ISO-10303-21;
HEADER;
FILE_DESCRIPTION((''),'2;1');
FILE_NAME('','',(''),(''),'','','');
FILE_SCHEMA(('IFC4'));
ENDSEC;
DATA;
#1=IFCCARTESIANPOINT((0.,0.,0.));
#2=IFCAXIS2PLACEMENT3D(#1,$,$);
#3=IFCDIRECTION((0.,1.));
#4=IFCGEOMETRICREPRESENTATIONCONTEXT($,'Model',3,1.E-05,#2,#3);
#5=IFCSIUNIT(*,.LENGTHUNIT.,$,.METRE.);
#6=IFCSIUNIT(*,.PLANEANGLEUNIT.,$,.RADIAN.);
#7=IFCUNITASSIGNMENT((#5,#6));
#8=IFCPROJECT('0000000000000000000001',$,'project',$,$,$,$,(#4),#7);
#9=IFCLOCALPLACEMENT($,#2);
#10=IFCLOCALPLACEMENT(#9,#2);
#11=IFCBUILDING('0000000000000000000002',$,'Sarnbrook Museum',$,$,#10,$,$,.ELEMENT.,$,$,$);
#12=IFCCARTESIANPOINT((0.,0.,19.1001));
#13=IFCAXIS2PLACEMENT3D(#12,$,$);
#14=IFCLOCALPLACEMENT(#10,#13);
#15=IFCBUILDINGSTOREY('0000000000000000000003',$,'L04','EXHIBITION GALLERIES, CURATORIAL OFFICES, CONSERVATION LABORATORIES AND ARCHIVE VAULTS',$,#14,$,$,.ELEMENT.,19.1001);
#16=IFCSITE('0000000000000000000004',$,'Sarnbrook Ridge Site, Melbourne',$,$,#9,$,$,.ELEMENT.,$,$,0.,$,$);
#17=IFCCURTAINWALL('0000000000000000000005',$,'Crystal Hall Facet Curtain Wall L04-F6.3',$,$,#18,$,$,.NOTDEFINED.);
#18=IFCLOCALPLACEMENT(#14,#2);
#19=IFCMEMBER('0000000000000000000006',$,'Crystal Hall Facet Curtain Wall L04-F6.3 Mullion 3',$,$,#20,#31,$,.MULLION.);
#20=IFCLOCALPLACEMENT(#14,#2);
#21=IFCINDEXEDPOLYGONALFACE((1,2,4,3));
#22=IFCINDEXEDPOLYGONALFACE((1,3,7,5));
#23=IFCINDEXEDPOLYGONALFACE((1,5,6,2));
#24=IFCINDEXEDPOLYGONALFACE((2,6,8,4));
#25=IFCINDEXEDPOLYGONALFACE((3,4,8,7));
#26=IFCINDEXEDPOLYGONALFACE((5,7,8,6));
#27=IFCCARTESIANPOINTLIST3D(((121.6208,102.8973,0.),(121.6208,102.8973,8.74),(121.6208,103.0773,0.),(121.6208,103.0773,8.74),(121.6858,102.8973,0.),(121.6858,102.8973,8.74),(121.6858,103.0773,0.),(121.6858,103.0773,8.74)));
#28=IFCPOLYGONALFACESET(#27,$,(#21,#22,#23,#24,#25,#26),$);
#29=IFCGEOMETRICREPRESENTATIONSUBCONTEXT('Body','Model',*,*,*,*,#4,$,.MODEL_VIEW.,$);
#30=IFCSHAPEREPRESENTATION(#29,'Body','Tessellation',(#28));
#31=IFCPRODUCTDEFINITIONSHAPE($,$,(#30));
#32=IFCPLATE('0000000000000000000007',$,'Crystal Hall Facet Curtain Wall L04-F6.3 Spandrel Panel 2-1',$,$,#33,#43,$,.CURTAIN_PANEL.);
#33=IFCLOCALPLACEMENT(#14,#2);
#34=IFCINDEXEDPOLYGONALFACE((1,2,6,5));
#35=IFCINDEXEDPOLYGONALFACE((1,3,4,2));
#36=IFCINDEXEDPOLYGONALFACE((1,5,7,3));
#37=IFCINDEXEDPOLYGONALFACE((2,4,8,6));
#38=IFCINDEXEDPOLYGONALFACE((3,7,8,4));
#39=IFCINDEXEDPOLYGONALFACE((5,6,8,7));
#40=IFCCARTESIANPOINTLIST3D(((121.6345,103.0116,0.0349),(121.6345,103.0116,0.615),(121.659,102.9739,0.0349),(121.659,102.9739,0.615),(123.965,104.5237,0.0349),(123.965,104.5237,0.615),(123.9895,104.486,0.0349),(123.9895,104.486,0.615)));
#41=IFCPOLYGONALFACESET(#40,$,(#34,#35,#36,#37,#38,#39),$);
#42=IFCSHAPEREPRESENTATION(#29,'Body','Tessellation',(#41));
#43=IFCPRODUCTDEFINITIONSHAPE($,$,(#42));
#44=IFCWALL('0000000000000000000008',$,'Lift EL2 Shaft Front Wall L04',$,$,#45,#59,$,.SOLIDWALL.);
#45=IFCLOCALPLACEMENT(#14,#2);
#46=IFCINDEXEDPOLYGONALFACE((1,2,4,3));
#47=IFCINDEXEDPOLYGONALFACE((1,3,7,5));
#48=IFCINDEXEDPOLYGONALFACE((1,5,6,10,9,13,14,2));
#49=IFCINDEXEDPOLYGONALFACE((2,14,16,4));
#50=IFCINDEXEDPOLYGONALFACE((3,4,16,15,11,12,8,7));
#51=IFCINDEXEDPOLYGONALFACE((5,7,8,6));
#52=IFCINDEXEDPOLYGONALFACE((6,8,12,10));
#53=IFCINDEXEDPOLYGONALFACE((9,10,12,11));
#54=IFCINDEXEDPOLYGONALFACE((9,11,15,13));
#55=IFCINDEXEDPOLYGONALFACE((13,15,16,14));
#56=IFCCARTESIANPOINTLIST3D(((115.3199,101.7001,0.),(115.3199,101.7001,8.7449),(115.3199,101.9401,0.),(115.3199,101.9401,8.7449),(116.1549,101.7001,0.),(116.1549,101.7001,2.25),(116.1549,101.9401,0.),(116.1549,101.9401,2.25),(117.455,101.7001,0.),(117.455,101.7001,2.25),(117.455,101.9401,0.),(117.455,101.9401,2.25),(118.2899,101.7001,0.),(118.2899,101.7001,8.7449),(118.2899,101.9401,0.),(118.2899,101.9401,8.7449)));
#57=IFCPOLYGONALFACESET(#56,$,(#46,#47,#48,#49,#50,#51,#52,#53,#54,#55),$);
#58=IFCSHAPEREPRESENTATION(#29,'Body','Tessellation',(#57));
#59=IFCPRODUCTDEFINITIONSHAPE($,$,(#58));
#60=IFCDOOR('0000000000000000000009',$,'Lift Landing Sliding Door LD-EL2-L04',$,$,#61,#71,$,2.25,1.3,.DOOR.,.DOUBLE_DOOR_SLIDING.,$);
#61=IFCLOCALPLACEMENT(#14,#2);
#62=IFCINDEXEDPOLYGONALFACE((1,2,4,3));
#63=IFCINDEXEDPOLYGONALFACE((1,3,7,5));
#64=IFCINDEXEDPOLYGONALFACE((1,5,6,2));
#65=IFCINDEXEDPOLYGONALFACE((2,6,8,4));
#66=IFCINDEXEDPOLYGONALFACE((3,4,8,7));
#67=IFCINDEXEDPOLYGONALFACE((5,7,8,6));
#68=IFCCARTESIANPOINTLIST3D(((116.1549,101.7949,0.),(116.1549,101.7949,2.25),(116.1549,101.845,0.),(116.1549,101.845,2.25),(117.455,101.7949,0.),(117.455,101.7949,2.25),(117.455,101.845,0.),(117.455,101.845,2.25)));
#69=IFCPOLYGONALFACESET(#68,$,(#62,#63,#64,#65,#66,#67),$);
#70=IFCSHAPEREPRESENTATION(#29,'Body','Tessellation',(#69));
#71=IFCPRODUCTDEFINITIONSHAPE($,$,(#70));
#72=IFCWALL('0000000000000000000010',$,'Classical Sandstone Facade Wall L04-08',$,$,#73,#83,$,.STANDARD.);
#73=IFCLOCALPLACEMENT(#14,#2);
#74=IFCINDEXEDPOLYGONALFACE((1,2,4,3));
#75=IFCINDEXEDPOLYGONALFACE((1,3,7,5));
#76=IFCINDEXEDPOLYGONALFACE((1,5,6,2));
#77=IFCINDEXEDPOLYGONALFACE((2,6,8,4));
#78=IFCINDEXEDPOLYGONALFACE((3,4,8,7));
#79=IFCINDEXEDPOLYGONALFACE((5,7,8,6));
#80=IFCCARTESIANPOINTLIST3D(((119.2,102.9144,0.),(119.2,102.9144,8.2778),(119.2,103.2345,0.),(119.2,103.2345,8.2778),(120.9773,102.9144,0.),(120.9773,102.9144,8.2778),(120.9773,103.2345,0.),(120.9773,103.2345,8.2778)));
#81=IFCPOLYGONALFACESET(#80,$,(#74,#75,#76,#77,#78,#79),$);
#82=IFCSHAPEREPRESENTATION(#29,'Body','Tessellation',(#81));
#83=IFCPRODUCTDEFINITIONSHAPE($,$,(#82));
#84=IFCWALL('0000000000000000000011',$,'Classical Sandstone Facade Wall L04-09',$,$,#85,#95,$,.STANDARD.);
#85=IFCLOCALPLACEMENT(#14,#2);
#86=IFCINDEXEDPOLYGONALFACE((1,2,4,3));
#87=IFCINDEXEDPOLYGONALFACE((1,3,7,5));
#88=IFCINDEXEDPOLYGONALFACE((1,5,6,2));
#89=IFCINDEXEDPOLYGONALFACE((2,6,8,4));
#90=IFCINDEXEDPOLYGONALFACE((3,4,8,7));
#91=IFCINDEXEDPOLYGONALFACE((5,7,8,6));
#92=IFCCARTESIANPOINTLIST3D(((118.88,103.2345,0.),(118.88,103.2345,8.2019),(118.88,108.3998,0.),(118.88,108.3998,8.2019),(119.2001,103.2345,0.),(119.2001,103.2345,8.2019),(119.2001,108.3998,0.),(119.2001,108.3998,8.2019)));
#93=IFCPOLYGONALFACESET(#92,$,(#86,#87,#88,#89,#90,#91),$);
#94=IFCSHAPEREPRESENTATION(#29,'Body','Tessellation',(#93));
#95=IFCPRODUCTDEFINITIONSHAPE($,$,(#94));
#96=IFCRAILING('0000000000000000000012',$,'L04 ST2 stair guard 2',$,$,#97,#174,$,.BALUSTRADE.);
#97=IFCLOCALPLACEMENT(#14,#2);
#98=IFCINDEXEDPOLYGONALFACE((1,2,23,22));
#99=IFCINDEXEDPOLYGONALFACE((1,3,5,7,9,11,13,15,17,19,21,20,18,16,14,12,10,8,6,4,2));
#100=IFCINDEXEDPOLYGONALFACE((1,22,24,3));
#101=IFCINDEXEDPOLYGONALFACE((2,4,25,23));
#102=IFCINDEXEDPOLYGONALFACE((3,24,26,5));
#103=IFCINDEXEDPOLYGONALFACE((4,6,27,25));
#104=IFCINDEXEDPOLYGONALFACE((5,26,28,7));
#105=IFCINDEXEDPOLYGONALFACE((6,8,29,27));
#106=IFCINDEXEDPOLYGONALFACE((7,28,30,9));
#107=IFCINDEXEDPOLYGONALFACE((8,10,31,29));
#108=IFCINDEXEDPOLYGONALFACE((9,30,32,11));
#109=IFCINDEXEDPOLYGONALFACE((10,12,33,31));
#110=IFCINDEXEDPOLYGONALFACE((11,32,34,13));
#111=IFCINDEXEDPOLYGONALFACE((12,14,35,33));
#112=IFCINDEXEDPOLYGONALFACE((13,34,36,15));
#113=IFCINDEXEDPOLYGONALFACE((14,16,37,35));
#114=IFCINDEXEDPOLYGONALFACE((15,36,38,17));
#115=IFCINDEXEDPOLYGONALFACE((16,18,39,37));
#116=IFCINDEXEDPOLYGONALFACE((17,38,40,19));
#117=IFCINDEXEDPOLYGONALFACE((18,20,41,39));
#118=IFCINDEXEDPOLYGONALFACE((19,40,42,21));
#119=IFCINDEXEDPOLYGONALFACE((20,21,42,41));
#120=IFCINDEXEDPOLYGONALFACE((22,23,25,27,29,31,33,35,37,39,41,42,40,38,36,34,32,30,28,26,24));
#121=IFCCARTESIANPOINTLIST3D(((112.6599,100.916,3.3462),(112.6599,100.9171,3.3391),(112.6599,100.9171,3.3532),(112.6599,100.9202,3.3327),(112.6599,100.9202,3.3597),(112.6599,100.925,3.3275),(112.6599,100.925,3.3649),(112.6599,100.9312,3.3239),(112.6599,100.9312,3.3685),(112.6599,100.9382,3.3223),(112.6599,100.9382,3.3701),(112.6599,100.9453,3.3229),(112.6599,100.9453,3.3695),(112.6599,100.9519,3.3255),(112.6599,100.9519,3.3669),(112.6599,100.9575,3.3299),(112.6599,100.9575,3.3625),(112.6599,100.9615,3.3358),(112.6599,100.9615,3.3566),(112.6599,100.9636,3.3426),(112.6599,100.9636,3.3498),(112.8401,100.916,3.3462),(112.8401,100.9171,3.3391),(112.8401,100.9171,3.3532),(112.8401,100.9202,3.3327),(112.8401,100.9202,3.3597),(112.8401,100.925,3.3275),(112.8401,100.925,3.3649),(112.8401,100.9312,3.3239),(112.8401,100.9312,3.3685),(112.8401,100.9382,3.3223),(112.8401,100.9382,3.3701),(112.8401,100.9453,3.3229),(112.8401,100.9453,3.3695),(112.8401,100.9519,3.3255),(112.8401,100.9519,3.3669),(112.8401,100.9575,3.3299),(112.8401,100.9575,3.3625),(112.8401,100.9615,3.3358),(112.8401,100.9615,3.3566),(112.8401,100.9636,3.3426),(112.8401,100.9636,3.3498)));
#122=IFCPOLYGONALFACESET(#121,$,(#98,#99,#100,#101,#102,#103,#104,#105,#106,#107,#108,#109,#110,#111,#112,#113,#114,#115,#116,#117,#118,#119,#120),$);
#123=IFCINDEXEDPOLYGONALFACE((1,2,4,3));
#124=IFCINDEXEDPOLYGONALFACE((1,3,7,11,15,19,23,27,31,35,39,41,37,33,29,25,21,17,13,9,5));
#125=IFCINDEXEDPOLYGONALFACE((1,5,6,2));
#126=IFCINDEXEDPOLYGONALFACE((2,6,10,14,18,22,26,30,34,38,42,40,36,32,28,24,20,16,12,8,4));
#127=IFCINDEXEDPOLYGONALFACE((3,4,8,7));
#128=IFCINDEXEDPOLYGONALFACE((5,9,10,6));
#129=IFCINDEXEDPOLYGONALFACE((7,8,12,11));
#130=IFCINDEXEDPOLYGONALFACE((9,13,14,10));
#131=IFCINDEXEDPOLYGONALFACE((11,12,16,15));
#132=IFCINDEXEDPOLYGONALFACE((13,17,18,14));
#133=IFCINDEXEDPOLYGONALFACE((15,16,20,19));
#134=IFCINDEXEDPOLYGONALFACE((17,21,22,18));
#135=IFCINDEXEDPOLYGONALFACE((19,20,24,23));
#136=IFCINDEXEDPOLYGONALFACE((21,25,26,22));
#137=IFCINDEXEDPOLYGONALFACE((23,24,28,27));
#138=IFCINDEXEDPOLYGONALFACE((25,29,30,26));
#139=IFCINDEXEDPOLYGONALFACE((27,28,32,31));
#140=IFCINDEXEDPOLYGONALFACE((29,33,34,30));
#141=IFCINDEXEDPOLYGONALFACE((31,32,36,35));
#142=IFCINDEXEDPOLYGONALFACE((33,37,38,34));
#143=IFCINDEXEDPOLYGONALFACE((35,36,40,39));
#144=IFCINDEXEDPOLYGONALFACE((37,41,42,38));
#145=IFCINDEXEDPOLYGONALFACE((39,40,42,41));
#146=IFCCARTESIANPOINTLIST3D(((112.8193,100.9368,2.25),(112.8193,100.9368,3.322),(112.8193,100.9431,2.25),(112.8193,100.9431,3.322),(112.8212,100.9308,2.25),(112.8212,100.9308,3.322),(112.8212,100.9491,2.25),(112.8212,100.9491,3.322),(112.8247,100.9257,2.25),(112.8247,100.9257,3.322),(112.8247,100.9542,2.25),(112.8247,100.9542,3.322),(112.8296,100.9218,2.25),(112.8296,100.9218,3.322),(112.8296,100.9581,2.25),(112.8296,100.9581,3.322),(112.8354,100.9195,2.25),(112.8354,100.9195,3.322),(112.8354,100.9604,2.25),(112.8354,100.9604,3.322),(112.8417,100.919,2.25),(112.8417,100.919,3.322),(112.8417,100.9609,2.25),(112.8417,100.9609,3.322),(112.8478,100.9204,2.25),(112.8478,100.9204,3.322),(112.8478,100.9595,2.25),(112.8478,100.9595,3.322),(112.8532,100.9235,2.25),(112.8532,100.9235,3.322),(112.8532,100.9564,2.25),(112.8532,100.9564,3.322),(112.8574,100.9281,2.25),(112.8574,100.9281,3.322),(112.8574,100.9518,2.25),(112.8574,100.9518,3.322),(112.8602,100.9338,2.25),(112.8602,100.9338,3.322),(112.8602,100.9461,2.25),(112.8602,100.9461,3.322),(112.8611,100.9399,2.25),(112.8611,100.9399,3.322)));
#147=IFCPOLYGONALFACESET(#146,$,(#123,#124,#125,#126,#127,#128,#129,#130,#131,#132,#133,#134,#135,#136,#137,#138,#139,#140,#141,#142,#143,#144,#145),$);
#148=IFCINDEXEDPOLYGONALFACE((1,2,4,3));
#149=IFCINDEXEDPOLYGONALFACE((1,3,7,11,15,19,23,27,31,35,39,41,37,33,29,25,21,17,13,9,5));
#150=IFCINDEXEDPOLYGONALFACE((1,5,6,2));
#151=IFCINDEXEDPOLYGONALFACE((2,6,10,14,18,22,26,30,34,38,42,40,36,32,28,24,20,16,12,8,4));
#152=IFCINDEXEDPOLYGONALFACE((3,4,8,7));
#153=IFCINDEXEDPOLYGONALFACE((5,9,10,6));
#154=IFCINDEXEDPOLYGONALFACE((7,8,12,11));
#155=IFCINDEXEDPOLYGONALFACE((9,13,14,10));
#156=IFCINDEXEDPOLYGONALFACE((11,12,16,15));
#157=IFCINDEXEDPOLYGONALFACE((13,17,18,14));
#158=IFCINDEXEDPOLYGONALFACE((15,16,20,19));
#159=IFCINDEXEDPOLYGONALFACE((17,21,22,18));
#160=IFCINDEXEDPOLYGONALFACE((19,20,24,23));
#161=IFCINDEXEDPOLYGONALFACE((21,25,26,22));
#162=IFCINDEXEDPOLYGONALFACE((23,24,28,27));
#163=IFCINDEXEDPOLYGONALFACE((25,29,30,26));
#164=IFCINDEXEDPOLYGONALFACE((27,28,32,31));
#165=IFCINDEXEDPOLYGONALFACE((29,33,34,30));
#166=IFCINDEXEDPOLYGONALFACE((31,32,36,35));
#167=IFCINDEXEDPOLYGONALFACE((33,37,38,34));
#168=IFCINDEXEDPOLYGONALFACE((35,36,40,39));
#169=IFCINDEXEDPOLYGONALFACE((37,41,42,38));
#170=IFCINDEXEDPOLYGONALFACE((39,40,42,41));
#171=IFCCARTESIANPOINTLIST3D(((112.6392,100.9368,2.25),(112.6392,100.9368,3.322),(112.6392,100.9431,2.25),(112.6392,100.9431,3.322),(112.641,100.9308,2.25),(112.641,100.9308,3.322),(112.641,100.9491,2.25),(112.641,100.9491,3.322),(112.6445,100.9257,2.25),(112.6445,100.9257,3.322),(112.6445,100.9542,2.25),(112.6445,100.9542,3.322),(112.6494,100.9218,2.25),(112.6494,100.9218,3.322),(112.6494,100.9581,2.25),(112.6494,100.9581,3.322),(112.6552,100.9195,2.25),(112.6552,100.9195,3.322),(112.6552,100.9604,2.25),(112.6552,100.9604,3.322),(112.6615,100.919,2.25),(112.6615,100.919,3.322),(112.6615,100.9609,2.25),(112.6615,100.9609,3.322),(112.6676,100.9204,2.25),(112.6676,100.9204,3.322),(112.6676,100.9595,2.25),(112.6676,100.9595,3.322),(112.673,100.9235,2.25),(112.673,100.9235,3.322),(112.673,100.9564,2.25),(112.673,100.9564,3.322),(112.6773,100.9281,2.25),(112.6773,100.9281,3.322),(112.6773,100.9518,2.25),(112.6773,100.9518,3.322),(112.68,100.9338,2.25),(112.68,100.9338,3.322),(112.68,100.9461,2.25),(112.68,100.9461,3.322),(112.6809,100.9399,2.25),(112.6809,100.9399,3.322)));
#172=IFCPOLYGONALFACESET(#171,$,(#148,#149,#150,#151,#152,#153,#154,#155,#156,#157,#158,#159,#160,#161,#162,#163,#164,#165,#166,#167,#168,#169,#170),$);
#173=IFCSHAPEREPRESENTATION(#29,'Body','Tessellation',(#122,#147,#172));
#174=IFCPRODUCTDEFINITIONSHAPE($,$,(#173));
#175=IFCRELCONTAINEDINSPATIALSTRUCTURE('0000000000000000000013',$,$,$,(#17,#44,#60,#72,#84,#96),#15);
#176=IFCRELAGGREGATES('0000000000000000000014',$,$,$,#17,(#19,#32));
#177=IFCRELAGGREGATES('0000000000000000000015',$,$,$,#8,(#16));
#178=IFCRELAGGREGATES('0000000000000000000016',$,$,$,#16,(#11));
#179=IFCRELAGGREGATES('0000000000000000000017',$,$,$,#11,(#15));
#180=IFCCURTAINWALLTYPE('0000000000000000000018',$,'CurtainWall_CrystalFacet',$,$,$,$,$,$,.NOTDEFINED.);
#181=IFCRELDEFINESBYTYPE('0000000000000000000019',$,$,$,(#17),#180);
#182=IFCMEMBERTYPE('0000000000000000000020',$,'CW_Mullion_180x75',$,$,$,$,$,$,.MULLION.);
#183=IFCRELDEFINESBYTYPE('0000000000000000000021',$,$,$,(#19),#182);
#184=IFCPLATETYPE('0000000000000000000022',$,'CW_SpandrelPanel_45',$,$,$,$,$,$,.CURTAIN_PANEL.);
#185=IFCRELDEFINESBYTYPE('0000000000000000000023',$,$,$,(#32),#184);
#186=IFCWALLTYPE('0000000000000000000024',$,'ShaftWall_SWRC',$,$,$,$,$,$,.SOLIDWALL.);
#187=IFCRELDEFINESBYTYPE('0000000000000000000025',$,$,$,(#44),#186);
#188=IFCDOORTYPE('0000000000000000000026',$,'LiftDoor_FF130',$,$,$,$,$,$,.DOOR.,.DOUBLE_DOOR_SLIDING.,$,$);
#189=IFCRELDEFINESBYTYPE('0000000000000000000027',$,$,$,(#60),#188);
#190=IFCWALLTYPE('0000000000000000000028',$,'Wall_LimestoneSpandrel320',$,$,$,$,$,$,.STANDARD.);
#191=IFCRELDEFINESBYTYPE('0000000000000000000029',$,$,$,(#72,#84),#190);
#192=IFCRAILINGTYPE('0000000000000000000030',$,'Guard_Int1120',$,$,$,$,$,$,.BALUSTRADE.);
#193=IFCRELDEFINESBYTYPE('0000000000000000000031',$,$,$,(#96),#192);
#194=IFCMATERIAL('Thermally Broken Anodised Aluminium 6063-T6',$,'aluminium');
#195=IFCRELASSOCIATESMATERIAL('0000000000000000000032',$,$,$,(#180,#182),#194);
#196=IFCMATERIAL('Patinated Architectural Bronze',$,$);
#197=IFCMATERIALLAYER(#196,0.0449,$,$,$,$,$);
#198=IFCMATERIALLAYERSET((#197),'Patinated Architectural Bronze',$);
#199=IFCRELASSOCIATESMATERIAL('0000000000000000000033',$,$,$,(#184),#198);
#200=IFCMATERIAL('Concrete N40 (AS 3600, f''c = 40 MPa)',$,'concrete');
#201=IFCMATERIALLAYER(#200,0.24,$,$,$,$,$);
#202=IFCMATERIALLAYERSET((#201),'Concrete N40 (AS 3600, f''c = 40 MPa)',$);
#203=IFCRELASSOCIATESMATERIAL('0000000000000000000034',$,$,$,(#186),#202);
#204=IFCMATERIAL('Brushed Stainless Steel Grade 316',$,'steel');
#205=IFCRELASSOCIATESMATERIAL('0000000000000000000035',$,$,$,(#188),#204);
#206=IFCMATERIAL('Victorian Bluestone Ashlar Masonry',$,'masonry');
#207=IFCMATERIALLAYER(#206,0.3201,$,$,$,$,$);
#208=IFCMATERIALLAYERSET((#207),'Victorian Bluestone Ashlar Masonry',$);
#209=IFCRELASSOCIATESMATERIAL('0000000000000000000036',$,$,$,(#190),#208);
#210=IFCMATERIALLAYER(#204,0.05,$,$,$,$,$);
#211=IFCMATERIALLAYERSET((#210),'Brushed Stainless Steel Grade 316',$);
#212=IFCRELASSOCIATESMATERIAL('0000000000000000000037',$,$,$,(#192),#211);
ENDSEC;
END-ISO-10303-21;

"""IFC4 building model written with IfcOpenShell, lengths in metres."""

from ifc_helpers import new_model, si_unit, direction, frame, frame_2d, origin, origin_2d, place, context, subcontext, project, spatial, rectangle, circle, extrude, material, layer, layer_set, material_profile, profile_set, type_object, element, fill, aggregate, save


model = new_model("IFC4")

# Units and contexts
model_context = context("Model", 3, precision=1e-05, world=origin(), true_north=direction((0.0, 1.0)))
body_context = subcontext(model_context, "Body", "Model", "MODEL_VIEW")
ifc_project = project(units=[si_unit("LENGTHUNIT", "METRE"), si_unit("PLANEANGLEUNIT", "RADIAN")], contexts=[model_context])

# Site, building, storey
site_placement = place(None, origin())
site = spatial("IfcSite", under=ifc_project, at=site_placement, Name="Sarnbrook Ridge Site, Melbourne", CompositionType="ELEMENT", RefElevation=0.0)
building_placement = place(site_placement, origin())
building = spatial("IfcBuilding", under=site, at=building_placement, Name="Sarnbrook Museum", CompositionType="ELEMENT")
storey_placement = place(building_placement, frame((0.0, 0.0, 19.1001)))
storey = spatial("IfcBuildingStorey", under=building, at=storey_placement, Name="L04", Description="EXHIBITION GALLERIES, CURATORIAL OFFICES, CONSERVATION LABORATORIES AND ARCHIVE VAULTS", CompositionType="ELEMENT", Elevation=19.1001)

# Curtain wall, member, plate
ifc_material_1 = material(Name="Thermally Broken Anodised Aluminium 6063-T6", Category="aluminium")
curtain_wall_type = type_object("IfcCurtainWallType", Name="CurtainWall_CrystalFacet", PredefinedType="NOTDEFINED", material=ifc_material_1)
curtain_wall_placement = place(storey_placement, origin())
curtain_wall = element("IfcCurtainWall", 1, at=curtain_wall_placement, inside=storey, type_object=curtain_wall_type, Name="Crystal Hall Facet Curtain Wall L04-F6.3", PredefinedType="NOTDEFINED")
ifc_material_profile_1 = material_profile(ifc_material_1, rectangle(XDim=0.0649, YDim=0.1799, at=origin_2d()), Name="ALU MULLION 65x180")
ifc_profile_set_1 = profile_set([ifc_material_profile_1], Name="Thermally Broken Anodised Aluminium 6063-T6")
member_type = type_object("IfcMemberType", Name="CW_Mullion_180x75", PredefinedType="MULLION", material=ifc_profile_set_1)
member_placement = place(storey_placement, frame((121.6533, 102.9873, 0.0), z_axis=(0.0, 0.0, 1.0), x_axis=(1.0, 0.0, 0.0)))
member = element("IfcMember", 2, at=member_placement, type_object=member_type, Name="Crystal Hall Facet Curtain Wall L04-F6.3 Mullion 3", PredefinedType="MULLION", context=body_context, shape_type="SweptSolid", body=[
    extrude(rectangle(XDim=0.0649, YDim=0.1799, at=origin_2d()), origin(), (0.0, 0.0, 1.0), 8.74),
])
ifc_material_2 = material(Name="Patinated Architectural Bronze")
ifc_layer_1 = layer(ifc_material_2, 0.0449)
ifc_layer_set_1 = layer_set([ifc_layer_1], Name="Patinated Architectural Bronze")
plate_type = type_object("IfcPlateType", Name="CW_SpandrelPanel_45", PredefinedType="CURTAIN_PANEL", material=ifc_layer_set_1)
plate_placement = place(storey_placement, frame((122.8242, 103.73, 0.325), z_axis=(-0.544287, 0.838899, 0.0), x_axis=(-0.838899, -0.544287, 0.0)))
plate = element("IfcPlate", 3, at=plate_placement, type_object=plate_type, Name="Crystal Hall Facet Curtain Wall L04-F6.3 Spandrel Panel 2-1", PredefinedType="CURTAIN_PANEL", context=body_context, shape_type="SweptSolid", body=[
    extrude(rectangle(XDim=2.7781, YDim=0.5801, at=origin_2d()), origin(), (0.0, 0.0, 1.0), 0.0449),
])
aggregate(curtain_wall, [member, plate])

# Wall, opening, door
ifc_material_3 = material(Name="Concrete N40 (AS 3600, f'c = 40 MPa)", Category="concrete")
ifc_layer_2 = layer(ifc_material_3, 0.24)
ifc_layer_set_2 = layer_set([ifc_layer_2], Name="Concrete N40 (AS 3600, f'c = 40 MPa)")
wall_type_1 = type_object("IfcWallType", Name="ShaftWall_SWRC", PredefinedType="SOLIDWALL", material=ifc_layer_set_2)
wall_1_placement = place(storey_placement, frame((115.3201, 101.8201, 0.0), z_axis=(0.0, 0.0, 1.0), x_axis=(1.0, 0.0, 0.0)))
wall_1 = element("IfcWall", 4, at=wall_1_placement, inside=storey, type_object=wall_type_1, Name="Lift EL2 Shaft Front Wall L04", PredefinedType="SOLIDWALL", context=body_context, shape_type="SweptSolid", body=[
    extrude(rectangle(XDim=2.97, YDim=0.24, at=frame_2d((1.4849, 0.0))), origin(), (0.0, 0.0, 1.0), 8.7449),
])
opening_placement = place(wall_1_placement, frame((0.835, 0.0, 0.0)))
opening = element("IfcOpeningElement", 5, at=opening_placement, cuts=wall_1, PredefinedType="OPENING", context=body_context, shape_type="SweptSolid", body=[
    extrude(rectangle(XDim=1.3, YDim=2.25, at=frame_2d((0.6499, 1.125))), frame((0.0, 0.1299, 0.0), z_axis=(0.0, -1.0, 0.0), x_axis=(1.0, 0.0, 0.0)), (0.0, 0.0, 1.0), 0.26),
])
ifc_material_4 = material(Name="Brushed Stainless Steel Grade 316", Category="steel")
door_type = type_object("IfcDoorType", Name="LiftDoor_FF130", OperationType="DOUBLE_DOOR_SLIDING", PredefinedType="DOOR", material=ifc_material_4)
door_placement = place(opening_placement, origin())
door = element("IfcDoor", 6, at=door_placement, inside=storey, type_object=door_type, Name="Lift Landing Sliding Door LD-EL2-L04", OperationType="DOUBLE_DOOR_SLIDING", OverallHeight=2.25, OverallWidth=1.3, PredefinedType="DOOR", context=body_context, shape_type="SweptSolid", body=[
    extrude(rectangle(XDim=1.3, YDim=2.25, at=frame_2d((0.6499, 1.125))), frame((0.0, 0.0249, 0.0), z_axis=(0.0, -1.0, 0.0), x_axis=(1.0, 0.0, 0.0)), (0.0, 0.0, 1.0), 0.05),
])
fill(opening, door)

# Walls
ifc_material_5 = material(Name="Victorian Bluestone Ashlar Masonry", Category="masonry")
ifc_layer_3 = layer(ifc_material_5, 0.3201)
ifc_layer_set_3 = layer_set([ifc_layer_3], Name="Victorian Bluestone Ashlar Masonry")
wall_type_2 = type_object("IfcWallType", Name="Wall_LimestoneSpandrel320", PredefinedType="STANDARD", material=ifc_layer_set_3)
wall_2_placement = place(storey_placement, frame((120.9773, 103.0745, 0.0), z_axis=(0.0, 0.0, 1.0), x_axis=(-1.0, 0.0, 0.0)))
element("IfcWall", 7, at=wall_2_placement, inside=storey, type_object=wall_type_2, Name="Classical Sandstone Facade Wall L04-08", PredefinedType="STANDARD", context=body_context, shape_type="SweptSolid", body=[
    extrude(rectangle(XDim=1.7773, YDim=0.3201, at=frame_2d((0.8887, 0.0))), origin(), (0.0, 0.0, 1.0), 8.2778),
])
wall_3_placement = place(storey_placement, frame((119.04, 103.2346, 0.0), z_axis=(0.0, 0.0, 1.0), x_axis=(0.0, 1.0, 0.0)))
element("IfcWall", 8, at=wall_3_placement, inside=storey, type_object=wall_type_2, Name="Classical Sandstone Facade Wall L04-09", PredefinedType="STANDARD", context=body_context, shape_type="SweptSolid", body=[
    extrude(rectangle(XDim=5.1653, YDim=0.3201, at=frame_2d((2.5825, 0.0))), origin(), (0.0, 0.0, 1.0), 8.2019),
])

# Railing
ifc_layer_4 = layer(ifc_material_4, 0.05)
ifc_layer_set_4 = layer_set([ifc_layer_4], Name="Brushed Stainless Steel Grade 316")
railing_type_1 = type_object("IfcRailingType", Name="Guard_Int1120", PredefinedType="BALUSTRADE", material=ifc_layer_set_4)
railing_1_placement = place(storey_placement, frame((112.8401, 100.9399, 2.25)))
element("IfcRailing", 9, at=railing_1_placement, inside=storey, type_object=railing_type_1, Name="L04 ST2 stair guard 2", PredefinedType="BALUSTRADE", context=body_context, shape_type="SweptSolid", body=[
    extrude(circle(Radius=0.0239, at=origin_2d()), frame((0.0, 0.0, 1.0962), z_axis=(-1.0, 0.0, 0.0), x_axis=(0.0, -1.0, 0.0)), (0.0, 0.0, 1.0), 0.1802),
    extrude(circle(Radius=0.021, at=origin_2d()), origin(), (0.0, 0.0, 1.0), 1.072),
    extrude(circle(Radius=0.021, at=origin_2d()), frame((-0.1802, 0.0, 0.0)), (0.0, 0.0, 1.0), 1.072),
])

save(model, "model.ifc")
